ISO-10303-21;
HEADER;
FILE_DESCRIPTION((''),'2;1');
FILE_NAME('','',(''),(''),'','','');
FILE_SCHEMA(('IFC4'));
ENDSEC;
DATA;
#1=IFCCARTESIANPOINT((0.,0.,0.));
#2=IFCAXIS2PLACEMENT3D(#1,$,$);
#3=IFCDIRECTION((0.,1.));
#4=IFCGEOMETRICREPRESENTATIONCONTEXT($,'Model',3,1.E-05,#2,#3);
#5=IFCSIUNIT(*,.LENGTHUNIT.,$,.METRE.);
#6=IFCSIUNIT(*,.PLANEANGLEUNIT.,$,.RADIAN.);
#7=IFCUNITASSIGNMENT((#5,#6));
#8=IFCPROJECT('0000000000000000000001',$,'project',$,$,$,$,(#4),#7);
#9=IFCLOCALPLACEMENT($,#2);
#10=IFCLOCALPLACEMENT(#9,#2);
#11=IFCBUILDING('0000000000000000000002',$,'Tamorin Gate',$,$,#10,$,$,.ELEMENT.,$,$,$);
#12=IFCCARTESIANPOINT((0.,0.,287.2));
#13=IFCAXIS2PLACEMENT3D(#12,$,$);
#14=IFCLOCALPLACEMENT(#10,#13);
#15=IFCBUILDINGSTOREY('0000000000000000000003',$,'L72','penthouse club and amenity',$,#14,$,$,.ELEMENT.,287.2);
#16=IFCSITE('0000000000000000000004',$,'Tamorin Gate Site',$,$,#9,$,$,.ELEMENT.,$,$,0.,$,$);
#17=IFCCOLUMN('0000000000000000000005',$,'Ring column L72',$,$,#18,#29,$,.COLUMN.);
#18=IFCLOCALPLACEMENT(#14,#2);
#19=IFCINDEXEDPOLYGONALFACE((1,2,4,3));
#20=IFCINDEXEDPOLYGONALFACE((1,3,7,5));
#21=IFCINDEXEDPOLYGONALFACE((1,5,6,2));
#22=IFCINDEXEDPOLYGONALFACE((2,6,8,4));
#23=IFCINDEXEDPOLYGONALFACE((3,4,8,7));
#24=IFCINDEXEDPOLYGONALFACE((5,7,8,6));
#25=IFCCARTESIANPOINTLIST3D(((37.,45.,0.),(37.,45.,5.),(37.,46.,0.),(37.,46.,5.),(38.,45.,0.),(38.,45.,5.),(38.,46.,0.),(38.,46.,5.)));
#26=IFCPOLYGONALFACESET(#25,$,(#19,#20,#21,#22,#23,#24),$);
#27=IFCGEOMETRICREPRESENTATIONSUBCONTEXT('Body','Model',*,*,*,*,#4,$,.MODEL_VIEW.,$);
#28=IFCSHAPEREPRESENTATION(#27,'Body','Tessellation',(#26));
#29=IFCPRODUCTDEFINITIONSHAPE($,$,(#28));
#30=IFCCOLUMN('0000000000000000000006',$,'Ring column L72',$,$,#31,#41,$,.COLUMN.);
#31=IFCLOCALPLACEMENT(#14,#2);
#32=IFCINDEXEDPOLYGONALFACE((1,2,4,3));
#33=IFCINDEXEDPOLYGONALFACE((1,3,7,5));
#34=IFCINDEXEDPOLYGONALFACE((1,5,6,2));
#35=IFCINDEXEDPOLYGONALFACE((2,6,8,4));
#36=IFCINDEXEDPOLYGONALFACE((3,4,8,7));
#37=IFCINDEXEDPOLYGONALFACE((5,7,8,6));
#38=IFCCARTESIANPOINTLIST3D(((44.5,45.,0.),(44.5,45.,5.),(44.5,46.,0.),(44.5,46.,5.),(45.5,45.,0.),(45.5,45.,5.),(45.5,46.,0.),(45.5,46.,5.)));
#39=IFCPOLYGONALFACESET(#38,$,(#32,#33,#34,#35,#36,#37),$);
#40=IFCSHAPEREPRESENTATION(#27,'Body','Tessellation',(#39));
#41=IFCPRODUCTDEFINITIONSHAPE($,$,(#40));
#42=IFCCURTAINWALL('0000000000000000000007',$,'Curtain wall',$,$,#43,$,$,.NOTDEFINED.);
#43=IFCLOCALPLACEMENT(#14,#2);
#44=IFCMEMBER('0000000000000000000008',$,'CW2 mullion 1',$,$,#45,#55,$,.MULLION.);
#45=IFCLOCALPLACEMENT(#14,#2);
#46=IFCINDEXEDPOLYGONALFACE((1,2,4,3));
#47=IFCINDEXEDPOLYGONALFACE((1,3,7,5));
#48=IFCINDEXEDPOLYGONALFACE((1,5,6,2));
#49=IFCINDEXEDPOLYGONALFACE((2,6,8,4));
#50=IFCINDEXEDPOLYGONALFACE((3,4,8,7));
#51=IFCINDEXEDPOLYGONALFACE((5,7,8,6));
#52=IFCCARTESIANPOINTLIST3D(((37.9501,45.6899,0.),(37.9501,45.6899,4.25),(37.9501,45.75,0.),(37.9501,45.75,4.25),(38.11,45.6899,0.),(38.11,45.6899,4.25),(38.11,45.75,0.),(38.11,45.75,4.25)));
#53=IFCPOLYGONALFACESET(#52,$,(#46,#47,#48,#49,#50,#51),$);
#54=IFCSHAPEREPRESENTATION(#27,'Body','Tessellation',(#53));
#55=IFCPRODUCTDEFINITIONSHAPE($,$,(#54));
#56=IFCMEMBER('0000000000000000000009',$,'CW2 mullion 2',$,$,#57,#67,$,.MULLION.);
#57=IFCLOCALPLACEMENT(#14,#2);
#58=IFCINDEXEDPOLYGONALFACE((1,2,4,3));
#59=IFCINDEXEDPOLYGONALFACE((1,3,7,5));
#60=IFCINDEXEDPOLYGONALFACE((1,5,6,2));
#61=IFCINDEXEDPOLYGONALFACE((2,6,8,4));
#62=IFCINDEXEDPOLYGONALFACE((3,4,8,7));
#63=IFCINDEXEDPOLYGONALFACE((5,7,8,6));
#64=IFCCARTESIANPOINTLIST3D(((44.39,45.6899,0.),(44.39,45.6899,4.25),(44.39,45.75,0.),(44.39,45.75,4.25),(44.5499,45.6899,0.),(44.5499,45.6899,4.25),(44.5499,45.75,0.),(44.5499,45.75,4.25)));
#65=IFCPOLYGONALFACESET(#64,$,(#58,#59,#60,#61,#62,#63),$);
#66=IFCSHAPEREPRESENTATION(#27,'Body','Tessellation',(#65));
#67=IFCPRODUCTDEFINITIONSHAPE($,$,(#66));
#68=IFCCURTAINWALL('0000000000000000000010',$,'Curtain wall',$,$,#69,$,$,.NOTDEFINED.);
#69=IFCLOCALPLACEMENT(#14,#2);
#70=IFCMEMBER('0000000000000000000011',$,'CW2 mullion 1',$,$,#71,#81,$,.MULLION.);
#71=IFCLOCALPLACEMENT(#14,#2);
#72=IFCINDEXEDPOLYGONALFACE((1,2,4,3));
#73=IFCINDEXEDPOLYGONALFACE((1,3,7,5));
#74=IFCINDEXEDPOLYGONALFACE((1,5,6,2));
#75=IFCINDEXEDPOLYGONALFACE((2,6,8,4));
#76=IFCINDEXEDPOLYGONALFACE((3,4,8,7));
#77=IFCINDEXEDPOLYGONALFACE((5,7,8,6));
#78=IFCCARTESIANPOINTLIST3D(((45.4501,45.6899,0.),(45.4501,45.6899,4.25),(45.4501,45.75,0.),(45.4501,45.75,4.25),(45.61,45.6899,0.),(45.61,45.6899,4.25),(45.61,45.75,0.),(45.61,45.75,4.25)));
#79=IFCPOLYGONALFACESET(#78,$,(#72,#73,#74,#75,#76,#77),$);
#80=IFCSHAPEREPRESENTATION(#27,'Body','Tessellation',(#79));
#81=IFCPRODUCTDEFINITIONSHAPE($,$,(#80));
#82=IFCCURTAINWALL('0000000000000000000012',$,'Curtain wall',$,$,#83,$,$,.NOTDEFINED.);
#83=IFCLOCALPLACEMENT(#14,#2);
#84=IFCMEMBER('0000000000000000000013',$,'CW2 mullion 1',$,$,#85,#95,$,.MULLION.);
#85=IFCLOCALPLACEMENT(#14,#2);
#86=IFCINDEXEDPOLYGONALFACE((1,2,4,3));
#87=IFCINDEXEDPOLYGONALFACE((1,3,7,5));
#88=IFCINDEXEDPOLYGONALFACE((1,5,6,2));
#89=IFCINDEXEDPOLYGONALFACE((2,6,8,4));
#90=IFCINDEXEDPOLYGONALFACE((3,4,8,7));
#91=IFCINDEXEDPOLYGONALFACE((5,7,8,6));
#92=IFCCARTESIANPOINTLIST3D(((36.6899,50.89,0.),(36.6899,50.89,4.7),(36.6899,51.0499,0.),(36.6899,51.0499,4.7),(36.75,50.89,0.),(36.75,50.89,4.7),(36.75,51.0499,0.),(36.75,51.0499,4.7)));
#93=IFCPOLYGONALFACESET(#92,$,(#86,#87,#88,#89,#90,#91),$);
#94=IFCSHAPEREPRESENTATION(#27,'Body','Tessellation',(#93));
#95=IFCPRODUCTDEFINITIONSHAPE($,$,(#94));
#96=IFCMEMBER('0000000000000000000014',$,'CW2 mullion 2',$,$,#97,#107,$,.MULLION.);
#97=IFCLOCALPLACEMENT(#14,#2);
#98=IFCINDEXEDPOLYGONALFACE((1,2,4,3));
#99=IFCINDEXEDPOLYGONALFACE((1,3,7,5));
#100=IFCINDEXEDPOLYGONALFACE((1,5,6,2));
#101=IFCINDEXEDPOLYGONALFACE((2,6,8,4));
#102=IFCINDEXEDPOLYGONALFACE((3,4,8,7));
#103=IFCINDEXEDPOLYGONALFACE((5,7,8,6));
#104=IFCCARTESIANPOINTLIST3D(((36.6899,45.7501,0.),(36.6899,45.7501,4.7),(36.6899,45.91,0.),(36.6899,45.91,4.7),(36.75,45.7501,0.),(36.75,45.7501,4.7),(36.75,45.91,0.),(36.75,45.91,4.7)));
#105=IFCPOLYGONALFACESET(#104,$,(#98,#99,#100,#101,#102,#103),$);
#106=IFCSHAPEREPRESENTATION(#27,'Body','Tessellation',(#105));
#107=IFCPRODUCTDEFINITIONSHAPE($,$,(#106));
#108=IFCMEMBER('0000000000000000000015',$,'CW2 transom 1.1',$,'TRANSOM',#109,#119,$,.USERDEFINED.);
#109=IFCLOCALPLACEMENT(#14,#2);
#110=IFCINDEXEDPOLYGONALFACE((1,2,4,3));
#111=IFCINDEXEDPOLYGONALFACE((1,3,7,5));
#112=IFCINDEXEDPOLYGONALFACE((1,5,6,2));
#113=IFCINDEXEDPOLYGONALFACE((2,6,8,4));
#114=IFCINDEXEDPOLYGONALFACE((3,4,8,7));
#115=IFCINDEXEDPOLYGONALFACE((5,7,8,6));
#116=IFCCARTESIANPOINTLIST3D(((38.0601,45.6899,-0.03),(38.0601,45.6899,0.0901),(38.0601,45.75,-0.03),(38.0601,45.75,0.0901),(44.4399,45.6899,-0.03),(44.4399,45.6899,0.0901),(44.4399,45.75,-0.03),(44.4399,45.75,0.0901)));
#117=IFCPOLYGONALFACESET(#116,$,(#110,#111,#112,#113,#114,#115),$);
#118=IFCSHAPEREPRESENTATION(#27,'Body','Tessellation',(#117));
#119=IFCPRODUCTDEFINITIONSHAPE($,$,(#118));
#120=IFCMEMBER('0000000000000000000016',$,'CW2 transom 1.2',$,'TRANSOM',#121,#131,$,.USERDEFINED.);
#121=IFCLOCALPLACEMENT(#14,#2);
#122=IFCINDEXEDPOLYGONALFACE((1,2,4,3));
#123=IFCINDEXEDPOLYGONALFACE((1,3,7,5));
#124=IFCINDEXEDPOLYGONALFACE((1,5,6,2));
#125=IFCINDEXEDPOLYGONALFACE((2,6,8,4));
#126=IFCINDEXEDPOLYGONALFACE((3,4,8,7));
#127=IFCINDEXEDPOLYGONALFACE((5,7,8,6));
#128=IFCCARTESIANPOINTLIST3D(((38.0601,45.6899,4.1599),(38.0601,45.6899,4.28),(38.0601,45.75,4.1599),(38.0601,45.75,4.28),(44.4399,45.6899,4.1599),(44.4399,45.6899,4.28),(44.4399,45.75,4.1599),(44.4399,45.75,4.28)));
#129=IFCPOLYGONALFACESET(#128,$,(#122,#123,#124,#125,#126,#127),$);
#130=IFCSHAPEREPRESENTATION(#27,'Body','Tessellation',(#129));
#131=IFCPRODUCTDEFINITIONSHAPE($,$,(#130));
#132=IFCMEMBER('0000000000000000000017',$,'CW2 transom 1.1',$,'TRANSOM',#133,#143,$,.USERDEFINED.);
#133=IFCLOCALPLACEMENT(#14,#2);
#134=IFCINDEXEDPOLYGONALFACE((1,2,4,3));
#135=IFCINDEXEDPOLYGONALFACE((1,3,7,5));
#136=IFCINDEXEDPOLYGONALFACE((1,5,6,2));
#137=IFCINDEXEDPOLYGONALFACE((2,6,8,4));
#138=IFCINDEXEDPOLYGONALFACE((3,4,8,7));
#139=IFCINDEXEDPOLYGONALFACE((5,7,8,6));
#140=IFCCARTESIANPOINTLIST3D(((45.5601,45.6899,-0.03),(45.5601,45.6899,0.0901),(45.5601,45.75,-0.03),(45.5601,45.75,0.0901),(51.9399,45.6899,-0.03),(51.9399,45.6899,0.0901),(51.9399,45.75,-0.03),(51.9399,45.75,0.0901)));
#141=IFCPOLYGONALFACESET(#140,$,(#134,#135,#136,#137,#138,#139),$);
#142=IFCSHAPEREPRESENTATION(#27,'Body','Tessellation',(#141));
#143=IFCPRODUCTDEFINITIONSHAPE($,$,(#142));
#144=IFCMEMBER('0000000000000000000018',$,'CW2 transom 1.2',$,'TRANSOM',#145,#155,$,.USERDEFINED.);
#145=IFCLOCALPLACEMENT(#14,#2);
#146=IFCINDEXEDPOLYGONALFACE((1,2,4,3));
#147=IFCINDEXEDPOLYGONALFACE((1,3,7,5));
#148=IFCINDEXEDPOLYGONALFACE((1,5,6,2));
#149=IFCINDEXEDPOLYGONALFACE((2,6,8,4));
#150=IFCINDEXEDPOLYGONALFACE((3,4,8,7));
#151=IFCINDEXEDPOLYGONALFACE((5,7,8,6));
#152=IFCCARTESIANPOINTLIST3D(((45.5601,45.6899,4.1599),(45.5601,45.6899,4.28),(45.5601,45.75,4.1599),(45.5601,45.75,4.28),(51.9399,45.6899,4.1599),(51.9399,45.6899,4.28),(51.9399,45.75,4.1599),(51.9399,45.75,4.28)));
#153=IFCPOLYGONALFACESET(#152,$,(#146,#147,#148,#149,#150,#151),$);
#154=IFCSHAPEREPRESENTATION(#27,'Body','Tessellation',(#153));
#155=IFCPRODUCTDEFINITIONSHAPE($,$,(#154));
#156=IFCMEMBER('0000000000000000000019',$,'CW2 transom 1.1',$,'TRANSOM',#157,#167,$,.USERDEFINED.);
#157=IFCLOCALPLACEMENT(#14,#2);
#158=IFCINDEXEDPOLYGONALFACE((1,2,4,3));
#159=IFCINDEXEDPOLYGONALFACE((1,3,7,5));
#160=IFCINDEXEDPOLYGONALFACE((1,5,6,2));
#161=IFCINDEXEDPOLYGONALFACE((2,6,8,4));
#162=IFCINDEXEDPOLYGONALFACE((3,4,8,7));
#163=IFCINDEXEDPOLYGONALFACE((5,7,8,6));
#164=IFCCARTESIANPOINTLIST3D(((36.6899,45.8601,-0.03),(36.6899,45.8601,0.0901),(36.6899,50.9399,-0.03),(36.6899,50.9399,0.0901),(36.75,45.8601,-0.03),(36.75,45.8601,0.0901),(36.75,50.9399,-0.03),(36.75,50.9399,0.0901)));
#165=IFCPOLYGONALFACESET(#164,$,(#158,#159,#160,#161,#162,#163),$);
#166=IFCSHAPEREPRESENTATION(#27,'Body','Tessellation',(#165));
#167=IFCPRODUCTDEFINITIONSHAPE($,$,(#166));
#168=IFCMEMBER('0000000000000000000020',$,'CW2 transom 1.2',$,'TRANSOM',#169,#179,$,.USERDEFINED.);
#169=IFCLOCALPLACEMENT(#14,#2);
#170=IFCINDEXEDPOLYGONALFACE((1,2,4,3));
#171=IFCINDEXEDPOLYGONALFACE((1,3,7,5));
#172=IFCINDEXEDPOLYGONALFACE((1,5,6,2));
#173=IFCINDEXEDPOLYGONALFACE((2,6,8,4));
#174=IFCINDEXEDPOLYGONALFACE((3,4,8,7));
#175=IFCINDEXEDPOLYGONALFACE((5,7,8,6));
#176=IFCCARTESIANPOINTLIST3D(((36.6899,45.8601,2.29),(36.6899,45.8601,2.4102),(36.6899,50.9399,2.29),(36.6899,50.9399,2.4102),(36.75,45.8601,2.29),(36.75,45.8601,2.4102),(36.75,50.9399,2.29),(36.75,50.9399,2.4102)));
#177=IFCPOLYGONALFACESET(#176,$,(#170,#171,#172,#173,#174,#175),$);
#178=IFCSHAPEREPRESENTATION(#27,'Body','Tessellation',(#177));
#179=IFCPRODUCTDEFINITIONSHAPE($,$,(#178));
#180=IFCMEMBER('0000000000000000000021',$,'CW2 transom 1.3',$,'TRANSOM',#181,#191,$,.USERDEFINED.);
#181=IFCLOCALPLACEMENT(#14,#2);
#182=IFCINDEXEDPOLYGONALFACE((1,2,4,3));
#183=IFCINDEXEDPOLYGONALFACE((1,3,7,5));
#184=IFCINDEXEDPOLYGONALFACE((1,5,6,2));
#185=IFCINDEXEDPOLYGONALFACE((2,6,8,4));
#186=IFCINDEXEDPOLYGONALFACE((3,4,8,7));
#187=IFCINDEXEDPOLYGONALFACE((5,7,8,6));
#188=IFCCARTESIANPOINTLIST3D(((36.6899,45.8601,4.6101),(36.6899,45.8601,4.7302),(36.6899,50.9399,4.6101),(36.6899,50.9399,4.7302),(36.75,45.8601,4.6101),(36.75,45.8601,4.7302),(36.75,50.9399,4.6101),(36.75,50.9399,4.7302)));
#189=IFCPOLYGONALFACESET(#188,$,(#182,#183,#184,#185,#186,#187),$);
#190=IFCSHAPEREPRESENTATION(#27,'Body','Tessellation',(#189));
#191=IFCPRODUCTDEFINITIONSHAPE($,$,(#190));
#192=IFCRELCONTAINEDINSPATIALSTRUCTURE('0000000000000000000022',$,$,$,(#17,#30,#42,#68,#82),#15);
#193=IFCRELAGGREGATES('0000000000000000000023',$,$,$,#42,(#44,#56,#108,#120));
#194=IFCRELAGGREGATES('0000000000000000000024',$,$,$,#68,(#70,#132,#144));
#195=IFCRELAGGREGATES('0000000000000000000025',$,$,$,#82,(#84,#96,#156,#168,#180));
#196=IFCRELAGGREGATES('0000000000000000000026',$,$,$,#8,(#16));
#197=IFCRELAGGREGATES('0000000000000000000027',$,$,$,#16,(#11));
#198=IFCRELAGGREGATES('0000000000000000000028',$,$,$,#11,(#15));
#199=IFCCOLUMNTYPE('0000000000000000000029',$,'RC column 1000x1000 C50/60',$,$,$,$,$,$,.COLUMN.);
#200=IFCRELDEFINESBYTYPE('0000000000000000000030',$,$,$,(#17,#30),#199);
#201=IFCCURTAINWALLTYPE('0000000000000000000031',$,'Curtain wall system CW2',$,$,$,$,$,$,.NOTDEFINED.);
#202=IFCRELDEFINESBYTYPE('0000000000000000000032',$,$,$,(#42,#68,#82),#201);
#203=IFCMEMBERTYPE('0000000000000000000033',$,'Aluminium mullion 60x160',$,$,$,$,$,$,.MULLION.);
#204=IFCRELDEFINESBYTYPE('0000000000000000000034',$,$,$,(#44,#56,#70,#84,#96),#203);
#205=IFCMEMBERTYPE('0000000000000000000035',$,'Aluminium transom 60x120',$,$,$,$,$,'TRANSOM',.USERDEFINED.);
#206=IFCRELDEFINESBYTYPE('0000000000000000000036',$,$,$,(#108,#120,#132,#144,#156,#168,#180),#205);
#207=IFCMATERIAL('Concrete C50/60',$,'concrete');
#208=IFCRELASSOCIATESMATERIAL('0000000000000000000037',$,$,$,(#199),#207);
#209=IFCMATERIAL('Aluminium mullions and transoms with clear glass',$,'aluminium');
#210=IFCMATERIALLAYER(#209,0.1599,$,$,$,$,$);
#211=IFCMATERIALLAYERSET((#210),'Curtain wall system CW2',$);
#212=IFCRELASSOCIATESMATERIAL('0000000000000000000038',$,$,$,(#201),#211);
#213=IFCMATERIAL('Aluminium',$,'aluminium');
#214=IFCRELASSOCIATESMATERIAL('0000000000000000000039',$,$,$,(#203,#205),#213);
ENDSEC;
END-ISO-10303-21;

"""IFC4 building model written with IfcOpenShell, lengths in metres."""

from ifc_helpers import new_model, si_unit, direction, frame, origin, origin_2d, place, context, subcontext, project, spatial, rectangle, extrude, material, layer, layer_set, material_profile, profile_set, type_object, element, aggregate, save


model = new_model("IFC4")

# Units and contexts
model_context = context("Model", 3, precision=1e-05, world=origin(), true_north=direction((0.0, 1.0)))
body_context = subcontext(model_context, "Body", "Model", "MODEL_VIEW")
ifc_project = project(units=[si_unit("LENGTHUNIT", "METRE"), si_unit("PLANEANGLEUNIT", "RADIAN")], contexts=[model_context])

# Site, building, storey
site_placement = place(None, origin())
site = spatial("IfcSite", under=ifc_project, at=site_placement, Name="Tamorin Gate Site", CompositionType="ELEMENT", RefElevation=0.0)
building_placement = place(site_placement, origin())
building = spatial("IfcBuilding", under=site, at=building_placement, Name="Tamorin Gate", CompositionType="ELEMENT")
storey_placement = place(building_placement, frame((0.0, 0.0, 287.2)))
storey = spatial("IfcBuildingStorey", under=building, at=storey_placement, Name="L72", Description="penthouse club and amenity", CompositionType="ELEMENT", Elevation=287.2)

# Columns
ifc_material_1 = material(Name="Concrete C50/60", Category="concrete")
ifc_material_profile_1 = material_profile(ifc_material_1, rectangle(XDim=1.0, YDim=1.0, at=origin_2d()), Name="RC 1000x1000")
ifc_profile_set_1 = profile_set([ifc_material_profile_1], Name="Concrete C50/60")
column_type = type_object("IfcColumnType", Name="RC column 1000x1000 C50/60", PredefinedType="COLUMN", material=ifc_profile_set_1)
for number, where, z_axis, x_axis, name in (
    (1, (37.5, 45.5, 0.0), (0.0, 0.0, 1.0), (1.0, 0.0, 0.0), "Ring column L72"),
    (2, (45.0, 45.5, 0.0), (0.0, 0.0, 1.0), (1.0, 0.0, 0.0), "Ring column L72"),
):
    element("IfcColumn", number, at=place(storey_placement, frame(where, z_axis=z_axis, x_axis=x_axis)), inside=storey, type_object=column_type, Name=name, PredefinedType="COLUMN", context=body_context, shape_type="SweptSolid", body=[
        extrude(rectangle(XDim=1.0, YDim=1.0, at=origin_2d()), origin(), (0.0, 0.0, 1.0), 5.0),
    ])

# Curtain wall, members
ifc_material_2 = material(Name="Aluminium mullions and transoms with clear glass", Category="aluminium")
ifc_layer_1 = layer(ifc_material_2, 0.1599)
ifc_layer_set_1 = layer_set([ifc_layer_1], Name="Curtain wall system CW2")
curtain_wall_type = type_object("IfcCurtainWallType", Name="Curtain wall system CW2", PredefinedType="NOTDEFINED", material=ifc_layer_set_1)
curtain_wall_1_placement = place(storey_placement, origin())
curtain_wall_1 = element("IfcCurtainWall", 3, at=curtain_wall_1_placement, inside=storey, type_object=curtain_wall_type, Name="Curtain wall", PredefinedType="NOTDEFINED")
ifc_material_3 = material(Name="Aluminium", Category="aluminium")
ifc_material_profile_2 = material_profile(ifc_material_3, rectangle(XDim=0.0601, YDim=0.1599, at=origin_2d()), Name="RECT 60x160")
ifc_profile_set_2 = profile_set([ifc_material_profile_2], Name="Aluminium")
member_type_1 = type_object("IfcMemberType", Name="Aluminium mullion 60x160", PredefinedType="MULLION", material=ifc_profile_set_2)
member_1_placement = place(storey_placement, frame((38.03, 45.72, 0.0), z_axis=(0.0, 0.0, 1.0), x_axis=(0.0, 1.0, 0.0)))
member_1 = element("IfcMember", 4, at=member_1_placement, type_object=member_type_1, Name="CW2 mullion 1", PredefinedType="MULLION", context=body_context, shape_type="SweptSolid", body=[
    extrude(rectangle(XDim=0.0601, YDim=0.1599, at=origin_2d()), origin(), (0.0, 0.0, 1.0), 4.25),
])
member_2_placement = place(storey_placement, frame((44.47, 45.72, 0.0), z_axis=(0.0, 0.0, 1.0), x_axis=(0.0, 1.0, 0.0)))
member_2 = element("IfcMember", 5, at=member_2_placement, type_object=member_type_1, Name="CW2 mullion 2", PredefinedType="MULLION", context=body_context, shape_type="SweptSolid", body=[
    extrude(rectangle(XDim=0.0601, YDim=0.1599, at=origin_2d()), origin(), (0.0, 0.0, 1.0), 4.25),
])

# Curtain wall, member
curtain_wall_2_placement = place(storey_placement, origin())
curtain_wall_2 = element("IfcCurtainWall", 6, at=curtain_wall_2_placement, inside=storey, type_object=curtain_wall_type, Name="Curtain wall", PredefinedType="NOTDEFINED")
member_3_placement = place(storey_placement, frame((45.53, 45.72, 0.0), z_axis=(0.0, 0.0, 1.0), x_axis=(0.0, 1.0, 0.0)))
member_3 = element("IfcMember", 7, at=member_3_placement, type_object=member_type_1, Name="CW2 mullion 1", PredefinedType="MULLION", context=body_context, shape_type="SweptSolid", body=[
    extrude(rectangle(XDim=0.0601, YDim=0.1599, at=origin_2d()), origin(), (0.0, 0.0, 1.0), 4.25),
])

# Curtain wall, members
curtain_wall_3_placement = place(storey_placement, origin())
curtain_wall_3 = element("IfcCurtainWall", 8, at=curtain_wall_3_placement, inside=storey, type_object=curtain_wall_type, Name="Curtain wall", PredefinedType="NOTDEFINED")
member_4_placement = place(storey_placement, frame((36.72, 50.97, 0.0), z_axis=(0.0, 0.0, 1.0), x_axis=(1.0, 0.0, 0.0)))
member_4 = element("IfcMember", 9, at=member_4_placement, type_object=member_type_1, Name="CW2 mullion 1", PredefinedType="MULLION", context=body_context, shape_type="SweptSolid", body=[
    extrude(rectangle(XDim=0.0601, YDim=0.1599, at=origin_2d()), origin(), (0.0, 0.0, 1.0), 4.7),
])
member_5_placement = place(storey_placement, frame((36.72, 45.8301, 0.0), z_axis=(0.0, 0.0, 1.0), x_axis=(1.0, 0.0, 0.0)))
member_5 = element("IfcMember", 10, at=member_5_placement, type_object=member_type_1, Name="CW2 mullion 2", PredefinedType="MULLION", context=body_context, shape_type="SweptSolid", body=[
    extrude(rectangle(XDim=0.0601, YDim=0.1599, at=origin_2d()), origin(), (0.0, 0.0, 1.0), 4.7),
])

# Members
ifc_material_profile_3 = material_profile(ifc_material_3, rectangle(XDim=0.0601, YDim=0.1201, at=origin_2d()), Name="RECT 60x120")
ifc_profile_set_3 = profile_set([ifc_material_profile_3], Name="Aluminium")
member_type_2 = type_object("IfcMemberType", Name="Aluminium transom 60x120", ElementType="TRANSOM", PredefinedType="USERDEFINED", material=ifc_profile_set_3)
member_6_placement = place(storey_placement, frame((38.0601, 45.72, 0.03), z_axis=(1.0, 0.0, 0.0), x_axis=(0.0, 1.0, 0.0)))
member_6 = element("IfcMember", 11, at=member_6_placement, type_object=member_type_2, Name="CW2 transom 1.1", ObjectType="TRANSOM", PredefinedType="USERDEFINED", context=body_context, shape_type="SweptSolid", body=[
    extrude(rectangle(XDim=0.0601, YDim=0.1201, at=origin_2d()), origin(), (0.0, 0.0, 1.0), 6.3799),
])
member_7_placement = place(storey_placement, frame((38.0601, 45.72, 4.22), z_axis=(1.0, 0.0, 0.0), x_axis=(0.0, 1.0, 0.0)))
member_7 = element("IfcMember", 12, at=member_7_placement, type_object=member_type_2, Name="CW2 transom 1.2", ObjectType="TRANSOM", PredefinedType="USERDEFINED", context=body_context, shape_type="SweptSolid", body=[
    extrude(rectangle(XDim=0.0601, YDim=0.1201, at=origin_2d()), origin(), (0.0, 0.0, 1.0), 6.3799),
])
member_8_placement = place(storey_placement, frame((45.5601, 45.72, 0.03), z_axis=(1.0, 0.0, 0.0), x_axis=(0.0, 1.0, 0.0)))
member_8 = element("IfcMember", 13, at=member_8_placement, type_object=member_type_2, Name="CW2 transom 1.1", ObjectType="TRANSOM", PredefinedType="USERDEFINED", context=body_context, shape_type="SweptSolid", body=[
    extrude(rectangle(XDim=0.0601, YDim=0.1201, at=origin_2d()), origin(), (0.0, 0.0, 1.0), 6.3799),
])
member_9_placement = place(storey_placement, frame((45.5601, 45.72, 4.22), z_axis=(1.0, 0.0, 0.0), x_axis=(0.0, 1.0, 0.0)))
member_9 = element("IfcMember", 14, at=member_9_placement, type_object=member_type_2, Name="CW2 transom 1.2", ObjectType="TRANSOM", PredefinedType="USERDEFINED", context=body_context, shape_type="SweptSolid", body=[
    extrude(rectangle(XDim=0.0601, YDim=0.1201, at=origin_2d()), origin(), (0.0, 0.0, 1.0), 6.3799),
])
member_10_placement = place(storey_placement, frame((36.72, 50.9399, 0.03), z_axis=(0.0, -1.0, 0.0), x_axis=(1.0, 0.0, 0.0)))
member_10 = element("IfcMember", 15, at=member_10_placement, type_object=member_type_2, Name="CW2 transom 1.1", ObjectType="TRANSOM", PredefinedType="USERDEFINED", context=body_context, shape_type="SweptSolid", body=[
    extrude(rectangle(XDim=0.0601, YDim=0.1201, at=origin_2d()), origin(), (0.0, 0.0, 1.0), 5.0798),
])
member_11_placement = place(storey_placement, frame((36.72, 50.9399, 2.3501), z_axis=(0.0, -1.0, 0.0), x_axis=(1.0, 0.0, 0.0)))
member_11 = element("IfcMember", 16, at=member_11_placement, type_object=member_type_2, Name="CW2 transom 1.2", ObjectType="TRANSOM", PredefinedType="USERDEFINED", context=body_context, shape_type="SweptSolid", body=[
    extrude(rectangle(XDim=0.0601, YDim=0.1201, at=origin_2d()), origin(), (0.0, 0.0, 1.0), 5.0798),
])
member_12_placement = place(storey_placement, frame((36.72, 50.9399, 4.6702), z_axis=(0.0, -1.0, 0.0), x_axis=(1.0, 0.0, 0.0)))
member_12 = element("IfcMember", 17, at=member_12_placement, type_object=member_type_2, Name="CW2 transom 1.3", ObjectType="TRANSOM", PredefinedType="USERDEFINED", context=body_context, shape_type="SweptSolid", body=[
    extrude(rectangle(XDim=0.0601, YDim=0.1201, at=origin_2d()), origin(), (0.0, 0.0, 1.0), 5.0798),
])

aggregate(curtain_wall_1, [member_1, member_2, member_6, member_7])
aggregate(curtain_wall_2, [member_3, member_8, member_9])
aggregate(curtain_wall_3, [member_4, member_5, member_10, member_11, member_12])

save(model, "model.ifc")
